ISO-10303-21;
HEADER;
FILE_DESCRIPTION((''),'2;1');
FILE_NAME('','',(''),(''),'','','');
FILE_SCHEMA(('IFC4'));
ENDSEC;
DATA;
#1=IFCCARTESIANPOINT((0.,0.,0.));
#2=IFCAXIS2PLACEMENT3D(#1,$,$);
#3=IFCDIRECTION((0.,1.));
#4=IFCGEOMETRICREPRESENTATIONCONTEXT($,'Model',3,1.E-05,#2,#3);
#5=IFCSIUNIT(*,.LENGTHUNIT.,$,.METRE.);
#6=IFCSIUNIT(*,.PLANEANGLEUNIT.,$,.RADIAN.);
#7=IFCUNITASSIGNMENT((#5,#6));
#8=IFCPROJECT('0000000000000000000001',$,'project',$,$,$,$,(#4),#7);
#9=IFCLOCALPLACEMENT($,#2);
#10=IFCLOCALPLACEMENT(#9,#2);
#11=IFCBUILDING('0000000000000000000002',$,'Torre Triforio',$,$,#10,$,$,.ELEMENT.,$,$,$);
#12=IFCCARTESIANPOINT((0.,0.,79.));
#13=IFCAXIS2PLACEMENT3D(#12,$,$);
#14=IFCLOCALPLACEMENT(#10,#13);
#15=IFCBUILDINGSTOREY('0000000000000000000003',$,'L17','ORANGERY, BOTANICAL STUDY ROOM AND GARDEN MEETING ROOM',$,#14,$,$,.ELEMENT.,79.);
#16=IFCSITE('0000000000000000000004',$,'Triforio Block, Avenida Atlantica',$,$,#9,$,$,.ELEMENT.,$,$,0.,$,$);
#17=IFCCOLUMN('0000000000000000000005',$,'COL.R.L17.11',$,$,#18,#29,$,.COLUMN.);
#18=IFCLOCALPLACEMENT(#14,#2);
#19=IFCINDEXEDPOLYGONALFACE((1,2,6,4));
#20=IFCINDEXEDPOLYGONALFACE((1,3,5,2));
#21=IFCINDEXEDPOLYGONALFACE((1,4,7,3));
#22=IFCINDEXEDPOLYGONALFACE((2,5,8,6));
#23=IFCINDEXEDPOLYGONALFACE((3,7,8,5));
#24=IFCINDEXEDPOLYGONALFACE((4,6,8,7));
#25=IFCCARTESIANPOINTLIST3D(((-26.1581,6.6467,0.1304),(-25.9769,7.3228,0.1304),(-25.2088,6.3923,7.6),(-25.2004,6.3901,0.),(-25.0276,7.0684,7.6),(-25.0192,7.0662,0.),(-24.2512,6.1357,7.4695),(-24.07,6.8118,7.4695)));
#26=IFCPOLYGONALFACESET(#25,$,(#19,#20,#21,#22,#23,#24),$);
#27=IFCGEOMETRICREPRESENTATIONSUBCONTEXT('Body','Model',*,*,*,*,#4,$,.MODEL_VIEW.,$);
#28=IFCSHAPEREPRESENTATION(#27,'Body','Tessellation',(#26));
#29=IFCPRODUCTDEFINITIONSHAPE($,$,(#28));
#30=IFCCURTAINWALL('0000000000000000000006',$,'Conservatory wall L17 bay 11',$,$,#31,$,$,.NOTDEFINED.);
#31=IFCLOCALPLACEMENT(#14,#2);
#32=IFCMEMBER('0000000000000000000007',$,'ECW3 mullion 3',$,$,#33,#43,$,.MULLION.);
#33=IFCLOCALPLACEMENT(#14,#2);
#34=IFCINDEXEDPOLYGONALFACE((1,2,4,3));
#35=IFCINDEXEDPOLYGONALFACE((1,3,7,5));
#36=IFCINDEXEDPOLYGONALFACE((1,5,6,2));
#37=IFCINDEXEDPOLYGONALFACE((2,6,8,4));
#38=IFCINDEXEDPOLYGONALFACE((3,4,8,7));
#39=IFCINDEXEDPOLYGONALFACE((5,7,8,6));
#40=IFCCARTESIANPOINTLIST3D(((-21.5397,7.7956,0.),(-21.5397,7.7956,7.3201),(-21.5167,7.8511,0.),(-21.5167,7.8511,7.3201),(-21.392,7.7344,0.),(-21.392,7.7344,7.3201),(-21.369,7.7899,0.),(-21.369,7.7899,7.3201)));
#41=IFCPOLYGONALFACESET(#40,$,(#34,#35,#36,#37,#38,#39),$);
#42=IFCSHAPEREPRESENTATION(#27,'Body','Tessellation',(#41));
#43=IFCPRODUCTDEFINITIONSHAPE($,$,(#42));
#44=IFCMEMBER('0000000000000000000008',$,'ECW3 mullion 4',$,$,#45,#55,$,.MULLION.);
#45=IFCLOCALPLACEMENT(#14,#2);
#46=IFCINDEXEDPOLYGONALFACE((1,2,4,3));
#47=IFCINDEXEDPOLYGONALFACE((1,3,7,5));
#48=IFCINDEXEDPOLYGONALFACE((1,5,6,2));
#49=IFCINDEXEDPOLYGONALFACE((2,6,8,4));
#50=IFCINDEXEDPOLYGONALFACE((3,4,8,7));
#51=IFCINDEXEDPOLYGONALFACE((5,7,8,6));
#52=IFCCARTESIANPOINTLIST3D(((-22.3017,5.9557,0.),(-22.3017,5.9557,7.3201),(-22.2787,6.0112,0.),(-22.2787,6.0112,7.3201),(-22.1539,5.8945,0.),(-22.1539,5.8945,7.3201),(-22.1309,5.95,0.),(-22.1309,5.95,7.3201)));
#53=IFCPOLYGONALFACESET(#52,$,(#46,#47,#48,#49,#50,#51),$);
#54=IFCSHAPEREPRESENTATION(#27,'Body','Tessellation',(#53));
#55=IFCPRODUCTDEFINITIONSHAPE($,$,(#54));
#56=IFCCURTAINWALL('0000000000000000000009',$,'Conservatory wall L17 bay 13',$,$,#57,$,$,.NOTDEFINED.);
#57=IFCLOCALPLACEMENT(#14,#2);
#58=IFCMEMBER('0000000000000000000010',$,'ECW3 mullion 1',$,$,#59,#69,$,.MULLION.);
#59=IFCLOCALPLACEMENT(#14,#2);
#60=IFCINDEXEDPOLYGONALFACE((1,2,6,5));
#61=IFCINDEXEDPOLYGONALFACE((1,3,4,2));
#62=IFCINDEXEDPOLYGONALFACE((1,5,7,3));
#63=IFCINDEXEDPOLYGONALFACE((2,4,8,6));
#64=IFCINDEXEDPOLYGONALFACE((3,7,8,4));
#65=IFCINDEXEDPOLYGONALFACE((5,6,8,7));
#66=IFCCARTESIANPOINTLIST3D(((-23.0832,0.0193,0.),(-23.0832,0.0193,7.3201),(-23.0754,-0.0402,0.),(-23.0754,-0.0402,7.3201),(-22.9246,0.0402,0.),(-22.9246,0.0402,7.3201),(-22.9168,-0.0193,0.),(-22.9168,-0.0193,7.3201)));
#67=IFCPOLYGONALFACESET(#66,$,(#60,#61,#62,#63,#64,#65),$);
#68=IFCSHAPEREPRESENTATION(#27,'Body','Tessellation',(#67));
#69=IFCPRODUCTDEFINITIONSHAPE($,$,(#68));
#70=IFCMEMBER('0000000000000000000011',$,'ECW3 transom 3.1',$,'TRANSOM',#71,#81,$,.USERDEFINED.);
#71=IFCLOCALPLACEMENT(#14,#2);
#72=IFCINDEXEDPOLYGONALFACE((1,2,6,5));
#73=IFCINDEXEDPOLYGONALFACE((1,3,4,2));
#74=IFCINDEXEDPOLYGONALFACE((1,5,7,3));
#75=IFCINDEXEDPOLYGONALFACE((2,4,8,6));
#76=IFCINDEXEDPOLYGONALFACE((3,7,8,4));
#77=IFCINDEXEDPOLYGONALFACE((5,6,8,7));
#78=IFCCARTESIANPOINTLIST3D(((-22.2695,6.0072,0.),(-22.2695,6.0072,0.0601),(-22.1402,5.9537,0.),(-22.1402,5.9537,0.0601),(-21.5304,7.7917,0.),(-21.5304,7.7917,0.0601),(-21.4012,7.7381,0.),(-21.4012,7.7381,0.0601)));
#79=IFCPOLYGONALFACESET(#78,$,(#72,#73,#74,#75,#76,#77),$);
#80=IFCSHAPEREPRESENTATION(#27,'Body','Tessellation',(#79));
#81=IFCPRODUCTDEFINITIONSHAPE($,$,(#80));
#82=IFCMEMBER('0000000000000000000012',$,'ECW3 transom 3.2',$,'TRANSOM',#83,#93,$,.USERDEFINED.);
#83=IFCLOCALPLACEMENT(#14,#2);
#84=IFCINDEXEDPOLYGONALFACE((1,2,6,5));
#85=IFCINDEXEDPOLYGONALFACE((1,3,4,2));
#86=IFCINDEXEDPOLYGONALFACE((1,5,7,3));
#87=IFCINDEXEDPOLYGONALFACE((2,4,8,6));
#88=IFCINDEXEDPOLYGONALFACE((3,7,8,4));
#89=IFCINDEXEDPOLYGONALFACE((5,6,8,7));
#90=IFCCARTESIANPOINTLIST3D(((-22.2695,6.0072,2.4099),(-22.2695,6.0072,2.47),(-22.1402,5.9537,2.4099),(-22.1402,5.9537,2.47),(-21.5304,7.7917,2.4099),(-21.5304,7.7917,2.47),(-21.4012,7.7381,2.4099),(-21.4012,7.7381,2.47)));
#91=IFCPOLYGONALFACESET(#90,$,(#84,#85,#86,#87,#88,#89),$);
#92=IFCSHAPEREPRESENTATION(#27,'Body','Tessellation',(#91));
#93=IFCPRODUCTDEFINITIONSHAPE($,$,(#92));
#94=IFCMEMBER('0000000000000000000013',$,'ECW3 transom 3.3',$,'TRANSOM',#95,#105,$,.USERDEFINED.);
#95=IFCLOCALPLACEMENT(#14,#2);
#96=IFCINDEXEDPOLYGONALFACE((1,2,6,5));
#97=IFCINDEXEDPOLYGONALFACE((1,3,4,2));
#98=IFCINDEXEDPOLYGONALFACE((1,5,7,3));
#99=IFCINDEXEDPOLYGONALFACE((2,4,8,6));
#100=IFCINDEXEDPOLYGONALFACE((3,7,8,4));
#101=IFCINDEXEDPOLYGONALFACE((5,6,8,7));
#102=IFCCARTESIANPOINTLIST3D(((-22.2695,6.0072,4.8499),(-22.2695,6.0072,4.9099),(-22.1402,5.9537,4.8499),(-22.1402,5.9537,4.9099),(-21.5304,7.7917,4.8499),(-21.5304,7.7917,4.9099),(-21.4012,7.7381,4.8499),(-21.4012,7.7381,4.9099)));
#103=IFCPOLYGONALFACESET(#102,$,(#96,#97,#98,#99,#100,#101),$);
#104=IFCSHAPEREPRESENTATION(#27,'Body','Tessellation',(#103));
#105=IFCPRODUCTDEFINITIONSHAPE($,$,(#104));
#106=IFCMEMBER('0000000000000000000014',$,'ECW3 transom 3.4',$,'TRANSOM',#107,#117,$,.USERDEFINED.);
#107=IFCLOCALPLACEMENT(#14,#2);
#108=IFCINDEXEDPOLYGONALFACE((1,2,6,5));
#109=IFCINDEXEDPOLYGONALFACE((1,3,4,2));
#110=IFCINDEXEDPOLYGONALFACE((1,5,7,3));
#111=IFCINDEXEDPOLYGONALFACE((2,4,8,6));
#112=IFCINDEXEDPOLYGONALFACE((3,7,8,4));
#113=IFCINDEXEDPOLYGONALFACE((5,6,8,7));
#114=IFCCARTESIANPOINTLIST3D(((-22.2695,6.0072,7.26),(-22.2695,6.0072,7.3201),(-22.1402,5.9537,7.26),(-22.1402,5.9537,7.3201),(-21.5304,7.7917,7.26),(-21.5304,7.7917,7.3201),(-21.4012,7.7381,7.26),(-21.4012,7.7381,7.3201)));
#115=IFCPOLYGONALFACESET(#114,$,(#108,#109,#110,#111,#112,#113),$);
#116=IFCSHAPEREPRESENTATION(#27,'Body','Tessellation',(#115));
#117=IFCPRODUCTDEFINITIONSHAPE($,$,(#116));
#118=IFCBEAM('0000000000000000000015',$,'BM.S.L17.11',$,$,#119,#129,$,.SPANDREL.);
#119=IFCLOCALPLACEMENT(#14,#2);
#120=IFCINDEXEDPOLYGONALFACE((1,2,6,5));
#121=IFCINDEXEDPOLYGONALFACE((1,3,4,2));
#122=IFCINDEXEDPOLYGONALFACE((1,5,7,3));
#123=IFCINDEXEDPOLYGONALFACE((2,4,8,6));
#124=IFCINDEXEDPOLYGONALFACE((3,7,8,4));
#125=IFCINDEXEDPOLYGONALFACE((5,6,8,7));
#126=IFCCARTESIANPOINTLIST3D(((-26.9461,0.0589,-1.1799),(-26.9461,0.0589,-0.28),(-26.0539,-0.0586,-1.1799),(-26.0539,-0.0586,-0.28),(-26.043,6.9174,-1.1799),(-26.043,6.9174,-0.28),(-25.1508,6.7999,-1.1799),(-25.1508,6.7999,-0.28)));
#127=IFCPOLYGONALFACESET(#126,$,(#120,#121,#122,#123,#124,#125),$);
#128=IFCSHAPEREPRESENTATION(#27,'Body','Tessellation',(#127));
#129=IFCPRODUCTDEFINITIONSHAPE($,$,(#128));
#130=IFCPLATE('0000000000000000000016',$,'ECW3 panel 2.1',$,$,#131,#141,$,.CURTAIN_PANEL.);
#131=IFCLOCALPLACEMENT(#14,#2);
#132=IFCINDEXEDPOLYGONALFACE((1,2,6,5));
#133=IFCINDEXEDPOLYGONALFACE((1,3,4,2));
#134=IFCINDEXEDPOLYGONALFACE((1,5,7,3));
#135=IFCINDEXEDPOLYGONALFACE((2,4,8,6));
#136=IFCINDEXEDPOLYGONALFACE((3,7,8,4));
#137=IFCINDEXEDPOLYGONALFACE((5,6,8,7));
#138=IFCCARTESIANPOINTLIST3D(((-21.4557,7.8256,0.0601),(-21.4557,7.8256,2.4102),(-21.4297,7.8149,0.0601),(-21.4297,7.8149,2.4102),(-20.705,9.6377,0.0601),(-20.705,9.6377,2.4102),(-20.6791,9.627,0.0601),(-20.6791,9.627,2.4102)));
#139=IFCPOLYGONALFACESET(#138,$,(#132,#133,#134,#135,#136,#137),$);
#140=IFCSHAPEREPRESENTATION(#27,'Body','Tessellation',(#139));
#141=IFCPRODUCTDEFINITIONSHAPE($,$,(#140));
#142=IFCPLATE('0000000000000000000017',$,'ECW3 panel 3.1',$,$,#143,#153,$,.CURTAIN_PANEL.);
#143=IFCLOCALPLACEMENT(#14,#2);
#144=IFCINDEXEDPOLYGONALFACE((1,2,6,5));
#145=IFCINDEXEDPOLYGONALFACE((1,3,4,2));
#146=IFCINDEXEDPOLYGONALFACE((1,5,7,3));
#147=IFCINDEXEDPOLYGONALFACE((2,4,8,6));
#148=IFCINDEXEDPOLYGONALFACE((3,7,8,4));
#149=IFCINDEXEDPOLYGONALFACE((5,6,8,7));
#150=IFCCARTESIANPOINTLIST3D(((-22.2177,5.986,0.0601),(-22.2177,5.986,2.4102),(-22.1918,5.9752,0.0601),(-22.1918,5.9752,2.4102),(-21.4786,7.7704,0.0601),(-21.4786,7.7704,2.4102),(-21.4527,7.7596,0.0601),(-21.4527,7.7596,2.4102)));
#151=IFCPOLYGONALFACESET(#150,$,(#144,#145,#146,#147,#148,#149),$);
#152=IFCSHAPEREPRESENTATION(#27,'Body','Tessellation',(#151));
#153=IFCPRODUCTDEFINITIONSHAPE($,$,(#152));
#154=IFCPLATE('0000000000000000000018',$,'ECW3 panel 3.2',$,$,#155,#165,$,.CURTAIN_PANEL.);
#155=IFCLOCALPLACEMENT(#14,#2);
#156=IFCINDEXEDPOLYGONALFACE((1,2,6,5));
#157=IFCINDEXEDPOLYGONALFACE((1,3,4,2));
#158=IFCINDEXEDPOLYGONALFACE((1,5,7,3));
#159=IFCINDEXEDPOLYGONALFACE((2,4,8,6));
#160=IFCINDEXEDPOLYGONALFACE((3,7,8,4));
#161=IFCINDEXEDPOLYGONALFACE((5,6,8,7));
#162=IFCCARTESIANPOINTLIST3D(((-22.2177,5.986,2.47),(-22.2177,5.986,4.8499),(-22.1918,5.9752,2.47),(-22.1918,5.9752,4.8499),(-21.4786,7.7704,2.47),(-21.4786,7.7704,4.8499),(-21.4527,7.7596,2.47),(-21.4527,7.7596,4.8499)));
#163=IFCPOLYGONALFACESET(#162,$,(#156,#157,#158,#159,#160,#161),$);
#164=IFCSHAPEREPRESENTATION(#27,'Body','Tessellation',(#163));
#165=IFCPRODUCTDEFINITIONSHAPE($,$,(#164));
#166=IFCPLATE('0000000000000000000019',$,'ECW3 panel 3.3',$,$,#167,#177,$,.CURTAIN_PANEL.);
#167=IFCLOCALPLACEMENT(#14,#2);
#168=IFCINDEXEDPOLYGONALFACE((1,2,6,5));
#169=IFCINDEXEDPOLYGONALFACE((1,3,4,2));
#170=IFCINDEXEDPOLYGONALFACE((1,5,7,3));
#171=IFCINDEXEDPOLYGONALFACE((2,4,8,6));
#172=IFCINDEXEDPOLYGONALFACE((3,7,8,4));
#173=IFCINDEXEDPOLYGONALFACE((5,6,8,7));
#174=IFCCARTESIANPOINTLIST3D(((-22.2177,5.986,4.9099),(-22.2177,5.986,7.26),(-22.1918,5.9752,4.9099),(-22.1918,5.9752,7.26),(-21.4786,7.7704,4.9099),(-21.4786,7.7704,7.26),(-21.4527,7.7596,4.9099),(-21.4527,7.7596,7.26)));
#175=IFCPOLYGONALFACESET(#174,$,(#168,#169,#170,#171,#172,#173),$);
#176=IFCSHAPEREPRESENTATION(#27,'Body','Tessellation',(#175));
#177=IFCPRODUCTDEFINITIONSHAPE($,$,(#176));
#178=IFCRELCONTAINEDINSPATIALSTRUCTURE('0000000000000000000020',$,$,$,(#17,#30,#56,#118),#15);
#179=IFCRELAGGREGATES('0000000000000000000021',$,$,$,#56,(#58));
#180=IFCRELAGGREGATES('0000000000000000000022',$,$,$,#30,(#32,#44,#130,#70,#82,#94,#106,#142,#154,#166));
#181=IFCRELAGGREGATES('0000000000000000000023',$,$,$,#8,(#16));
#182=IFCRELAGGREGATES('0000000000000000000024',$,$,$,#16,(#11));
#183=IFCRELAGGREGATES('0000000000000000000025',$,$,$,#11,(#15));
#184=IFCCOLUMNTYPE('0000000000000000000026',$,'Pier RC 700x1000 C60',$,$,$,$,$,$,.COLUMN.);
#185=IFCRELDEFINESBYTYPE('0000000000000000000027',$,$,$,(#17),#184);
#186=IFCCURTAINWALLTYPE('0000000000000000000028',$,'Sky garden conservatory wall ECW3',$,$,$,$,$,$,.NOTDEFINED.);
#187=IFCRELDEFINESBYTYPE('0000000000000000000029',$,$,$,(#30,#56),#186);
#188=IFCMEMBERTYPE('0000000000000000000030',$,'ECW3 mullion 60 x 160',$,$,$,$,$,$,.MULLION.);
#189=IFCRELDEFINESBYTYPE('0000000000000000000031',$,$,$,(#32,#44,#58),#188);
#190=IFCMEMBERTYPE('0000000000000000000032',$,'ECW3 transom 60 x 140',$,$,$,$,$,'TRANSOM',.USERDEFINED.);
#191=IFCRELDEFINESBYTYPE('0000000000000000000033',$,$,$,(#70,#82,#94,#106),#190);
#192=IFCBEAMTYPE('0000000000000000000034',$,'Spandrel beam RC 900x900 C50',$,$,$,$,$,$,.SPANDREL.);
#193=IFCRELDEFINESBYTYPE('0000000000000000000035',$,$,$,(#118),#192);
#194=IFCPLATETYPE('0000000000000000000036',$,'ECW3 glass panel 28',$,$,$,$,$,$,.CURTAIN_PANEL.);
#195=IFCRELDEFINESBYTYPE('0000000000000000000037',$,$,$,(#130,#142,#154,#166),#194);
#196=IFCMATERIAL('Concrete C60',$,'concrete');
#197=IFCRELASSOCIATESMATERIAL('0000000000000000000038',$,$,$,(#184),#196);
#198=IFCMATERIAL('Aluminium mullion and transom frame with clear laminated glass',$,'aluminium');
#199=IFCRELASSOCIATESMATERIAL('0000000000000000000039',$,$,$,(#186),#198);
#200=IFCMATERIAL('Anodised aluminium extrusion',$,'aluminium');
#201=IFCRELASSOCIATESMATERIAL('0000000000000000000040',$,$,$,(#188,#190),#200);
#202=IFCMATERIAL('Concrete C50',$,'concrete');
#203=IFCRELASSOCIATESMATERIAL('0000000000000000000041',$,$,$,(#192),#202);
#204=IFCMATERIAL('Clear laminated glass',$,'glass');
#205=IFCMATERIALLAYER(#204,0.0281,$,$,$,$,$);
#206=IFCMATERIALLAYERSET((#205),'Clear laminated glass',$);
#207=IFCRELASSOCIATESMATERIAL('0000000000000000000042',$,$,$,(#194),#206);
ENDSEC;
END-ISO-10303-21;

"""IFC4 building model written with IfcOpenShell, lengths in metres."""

from ifc_helpers import new_model, si_unit, direction, frame, origin, origin_2d, place, context, subcontext, project, spatial, rectangle, extrude, material, layer, layer_set, material_profile, profile_set, type_object, element, aggregate, save


model = new_model("IFC4")

# Units and contexts
model_context = context("Model", 3, precision=1e-05, world=origin(), true_north=direction((0.0, 1.0)))
body_context = subcontext(model_context, "Body", "Model", "MODEL_VIEW")
ifc_project = project(units=[si_unit("LENGTHUNIT", "METRE"), si_unit("PLANEANGLEUNIT", "RADIAN")], contexts=[model_context])

# Site, building, storey
site_placement = place(None, origin())
site = spatial("IfcSite", under=ifc_project, at=site_placement, Name="Triforio Block, Avenida Atlantica", CompositionType="ELEMENT", RefElevation=0.0)
building_placement = place(site_placement, origin())
building = spatial("IfcBuilding", under=site, at=building_placement, Name="Torre Triforio", CompositionType="ELEMENT")
storey_placement = place(building_placement, frame((0.0, 0.0, 79.0)))
storey = spatial("IfcBuildingStorey", under=building, at=storey_placement, Name="L17", Description="ORANGERY, BOTANICAL STUDY ROOM AND GARDEN MEETING ROOM", CompositionType="ELEMENT", Elevation=79.0)

# Column
ifc_material_1 = material(Name="Concrete C60", Category="concrete")
ifc_material_profile_1 = material_profile(ifc_material_1, rectangle(XDim=0.7, YDim=1.0, at=origin_2d()), Name="RC 700x1000")
ifc_profile_set_1 = profile_set([ifc_material_profile_1], Name="Concrete C60")
column_type = type_object("IfcColumnType", Name="Pier RC 700x1000 C60", PredefinedType="COLUMN", material=ifc_profile_set_1)
column_placement = place(storey_placement, frame((-25.5886, 6.8564, 0.0652), z_axis=(0.125994, -0.033767, 0.991456), x_axis=(0.258869, 0.965913, 0.0)))
element("IfcColumn", 1, at=column_placement, inside=storey, type_object=column_type, Name="COL.R.L17.11", PredefinedType="COLUMN", context=body_context, shape_type="SweptSolid", body=[
    extrude(rectangle(XDim=0.7, YDim=1.0, at=origin_2d()), origin(), (0.0, 0.0, 1.0), 7.5339),
])

# Curtain wall, members
ifc_material_2 = material(Name="Aluminium mullion and transom frame with clear laminated glass", Category="aluminium")
curtain_wall_type = type_object("IfcCurtainWallType", Name="Sky garden conservatory wall ECW3", PredefinedType="NOTDEFINED", material=ifc_material_2)
curtain_wall_1_placement = place(storey_placement, origin())
curtain_wall_1 = element("IfcCurtainWall", 2, at=curtain_wall_1_placement, inside=storey, type_object=curtain_wall_type, Name="Conservatory wall L17 bay 11", PredefinedType="NOTDEFINED")
ifc_material_3 = material(Name="Anodised aluminium extrusion", Category="aluminium")
ifc_material_profile_2 = material_profile(ifc_material_3, rectangle(XDim=0.1599, YDim=0.0601, at=origin_2d()), Name="ECW3 MULLION 60x160")
ifc_profile_set_2 = profile_set([ifc_material_profile_2], Name="Anodised aluminium extrusion")
member_type_1 = type_object("IfcMemberType", Name="ECW3 mullion 60 x 160", PredefinedType="MULLION", material=ifc_profile_set_2)
member_1_placement = place(storey_placement, frame((-21.4543, 7.7927, 0.0), z_axis=(0.0, 0.0, 1.0), x_axis=(0.923878, -0.382687, 0.0)))
member_1 = element("IfcMember", 3, at=member_1_placement, type_object=member_type_1, Name="ECW3 mullion 3", PredefinedType="MULLION", context=body_context, shape_type="SweptSolid", body=[
    extrude(rectangle(XDim=0.1599, YDim=0.0601, at=origin_2d()), origin(), (0.0, 0.0, 1.0), 7.3201),
])
member_2_placement = place(storey_placement, frame((-22.2163, 5.9529, 0.0), z_axis=(0.0, 0.0, 1.0), x_axis=(0.923878, -0.382687, 0.0)))
member_2 = element("IfcMember", 4, at=member_2_placement, type_object=member_type_1, Name="ECW3 mullion 4", PredefinedType="MULLION", context=body_context, shape_type="SweptSolid", body=[
    extrude(rectangle(XDim=0.1599, YDim=0.0601, at=origin_2d()), origin(), (0.0, 0.0, 1.0), 7.3201),
])

# Curtain wall, member
curtain_wall_2_placement = place(storey_placement, origin())
curtain_wall_2 = element("IfcCurtainWall", 5, at=curtain_wall_2_placement, inside=storey, type_object=curtain_wall_type, Name="Conservatory wall L17 bay 13", PredefinedType="NOTDEFINED")
member_3_placement = place(storey_placement, frame((-23.0, 0.0, 0.0), z_axis=(0.0, 0.0, 1.0), x_axis=(0.991446, 0.130521, 0.0)))
member_3 = element("IfcMember", 6, at=member_3_placement, type_object=member_type_1, Name="ECW3 mullion 1", PredefinedType="MULLION", context=body_context, shape_type="SweptSolid", body=[
    extrude(rectangle(XDim=0.1599, YDim=0.0601, at=origin_2d()), origin(), (0.0, 0.0, 1.0), 7.3201),
])
aggregate(curtain_wall_2, [member_3])

# Members
ifc_material_profile_3 = material_profile(ifc_material_3, rectangle(XDim=0.1399, YDim=0.0601, at=origin_2d()), Name="ECW3 TRANSOM 60x140")
ifc_profile_set_3 = profile_set([ifc_material_profile_3], Name="Anodised aluminium extrusion")
member_type_2 = type_object("IfcMemberType", Name="ECW3 transom 60 x 140", ElementType="TRANSOM", PredefinedType="USERDEFINED", material=ifc_profile_set_3)
member_4_placement = place(storey_placement, frame((-21.4658, 7.7649, 0.03), z_axis=(-0.382631, -0.923901, 0.0), x_axis=(0.923901, -0.382631, 0.0)))
member_4 = element("IfcMember", 7, at=member_4_placement, type_object=member_type_2, Name="ECW3 transom 3.1", ObjectType="TRANSOM", PredefinedType="USERDEFINED", context=body_context, shape_type="SweptSolid", body=[
    extrude(rectangle(XDim=0.1399, YDim=0.0601, at=origin_2d()), origin(), (0.0, 0.0, 1.0), 1.9314),
])
member_5_placement = place(storey_placement, frame((-21.4658, 7.7649, 2.4399), z_axis=(-0.382631, -0.923901, 0.0), x_axis=(0.923901, -0.382631, 0.0)))
member_5 = element("IfcMember", 8, at=member_5_placement, type_object=member_type_2, Name="ECW3 transom 3.2", ObjectType="TRANSOM", PredefinedType="USERDEFINED", context=body_context, shape_type="SweptSolid", body=[
    extrude(rectangle(XDim=0.1399, YDim=0.0601, at=origin_2d()), origin(), (0.0, 0.0, 1.0), 1.9314),
])
member_6_placement = place(storey_placement, frame((-21.4658, 7.7649, 4.8799), z_axis=(-0.382631, -0.923901, 0.0), x_axis=(0.923901, -0.382631, 0.0)))
member_6 = element("IfcMember", 9, at=member_6_placement, type_object=member_type_2, Name="ECW3 transom 3.3", ObjectType="TRANSOM", PredefinedType="USERDEFINED", context=body_context, shape_type="SweptSolid", body=[
    extrude(rectangle(XDim=0.1399, YDim=0.0601, at=origin_2d()), origin(), (0.0, 0.0, 1.0), 1.9314),
])
member_7_placement = place(storey_placement, frame((-21.4658, 7.7649, 7.29), z_axis=(-0.382631, -0.923901, 0.0), x_axis=(0.923901, -0.382631, 0.0)))
member_7 = element("IfcMember", 10, at=member_7_placement, type_object=member_type_2, Name="ECW3 transom 3.4", ObjectType="TRANSOM", PredefinedType="USERDEFINED", context=body_context, shape_type="SweptSolid", body=[
    extrude(rectangle(XDim=0.1399, YDim=0.0601, at=origin_2d()), origin(), (0.0, 0.0, 1.0), 1.9314),
])

# Beam
ifc_material_4 = material(Name="Concrete C50", Category="concrete")
ifc_material_profile_4 = material_profile(ifc_material_4, rectangle(XDim=0.8999, YDim=0.8999, at=origin_2d()), Name="RC 900x900")
ifc_profile_set_4 = profile_set([ifc_material_profile_4], Name="Concrete C50")
beam_type = type_object("IfcBeamType", Name="Spandrel beam RC 900x900 C50", PredefinedType="SPANDREL", material=ifc_profile_set_4)
beam_placement = place(storey_placement, frame((-25.5969, 6.8586, -0.73), z_axis=(-0.130543, -0.991443, 0.0), x_axis=(0.991443, -0.130543, 0.0)))
element("IfcBeam", 11, at=beam_placement, inside=storey, type_object=beam_type, Name="BM.S.L17.11", PredefinedType="SPANDREL", context=body_context, shape_type="SweptSolid", body=[
    extrude(rectangle(XDim=0.8999, YDim=0.8999, at=origin_2d()), origin(), (0.0, 0.0, 1.0), 6.9177),
])

# Plates
ifc_material_5 = material(Name="Clear laminated glass", Category="glass")
ifc_layer_1 = layer(ifc_material_5, 0.0281)
ifc_layer_set_1 = layer_set([ifc_layer_1], Name="Clear laminated glass")
plate_type = type_object("IfcPlateType", Name="ECW3 glass panel 28", PredefinedType="CURTAIN_PANEL", material=ifc_layer_set_1)
plate_1_placement = place(storey_placement, frame((-21.0674, 8.7263, 0.0601), z_axis=(0.0, 0.0, 1.0), x_axis=(-0.382687, -0.923878, 0.0)))
plate_1 = element("IfcPlate", 12, at=plate_1_placement, type_object=plate_type, Name="ECW3 panel 2.1", PredefinedType="CURTAIN_PANEL", context=body_context, shape_type="SweptSolid", body=[
    extrude(rectangle(XDim=1.9614, YDim=0.0281, at=origin_2d()), origin(), (0.0, 0.0, 1.0), 2.3501),
])
plate_2_placement = place(storey_placement, frame((-21.8352, 6.8728, 0.0601), z_axis=(0.0, 0.0, 1.0), x_axis=(-0.382687, -0.923878, 0.0)))
plate_2 = element("IfcPlate", 13, at=plate_2_placement, type_object=plate_type, Name="ECW3 panel 3.1", PredefinedType="CURTAIN_PANEL", context=body_context, shape_type="SweptSolid", body=[
    extrude(rectangle(XDim=1.9314, YDim=0.0281, at=origin_2d()), origin(), (0.0, 0.0, 1.0), 2.3501),
])
plate_3_placement = place(storey_placement, frame((-21.8352, 6.8728, 2.47), z_axis=(0.0, 0.0, 1.0), x_axis=(-0.382687, -0.923878, 0.0)))
plate_3 = element("IfcPlate", 14, at=plate_3_placement, type_object=plate_type, Name="ECW3 panel 3.2", PredefinedType="CURTAIN_PANEL", context=body_context, shape_type="SweptSolid", body=[
    extrude(rectangle(XDim=1.9314, YDim=0.0281, at=origin_2d()), origin(), (0.0, 0.0, 1.0), 2.3799),
])
plate_4_placement = place(storey_placement, frame((-21.8352, 6.8728, 4.9099), z_axis=(0.0, 0.0, 1.0), x_axis=(-0.382687, -0.923878, 0.0)))
plate_4 = element("IfcPlate", 15, at=plate_4_placement, type_object=plate_type, Name="ECW3 panel 3.3", PredefinedType="CURTAIN_PANEL", context=body_context, shape_type="SweptSolid", body=[
    extrude(rectangle(XDim=1.9314, YDim=0.0281, at=origin_2d()), origin(), (0.0, 0.0, 1.0), 2.3501),
])
aggregate(curtain_wall_1, [member_1, member_2, plate_1, member_4, member_5, member_6, member_7, plate_2, plate_3, plate_4])

save(model, "model.ifc")
